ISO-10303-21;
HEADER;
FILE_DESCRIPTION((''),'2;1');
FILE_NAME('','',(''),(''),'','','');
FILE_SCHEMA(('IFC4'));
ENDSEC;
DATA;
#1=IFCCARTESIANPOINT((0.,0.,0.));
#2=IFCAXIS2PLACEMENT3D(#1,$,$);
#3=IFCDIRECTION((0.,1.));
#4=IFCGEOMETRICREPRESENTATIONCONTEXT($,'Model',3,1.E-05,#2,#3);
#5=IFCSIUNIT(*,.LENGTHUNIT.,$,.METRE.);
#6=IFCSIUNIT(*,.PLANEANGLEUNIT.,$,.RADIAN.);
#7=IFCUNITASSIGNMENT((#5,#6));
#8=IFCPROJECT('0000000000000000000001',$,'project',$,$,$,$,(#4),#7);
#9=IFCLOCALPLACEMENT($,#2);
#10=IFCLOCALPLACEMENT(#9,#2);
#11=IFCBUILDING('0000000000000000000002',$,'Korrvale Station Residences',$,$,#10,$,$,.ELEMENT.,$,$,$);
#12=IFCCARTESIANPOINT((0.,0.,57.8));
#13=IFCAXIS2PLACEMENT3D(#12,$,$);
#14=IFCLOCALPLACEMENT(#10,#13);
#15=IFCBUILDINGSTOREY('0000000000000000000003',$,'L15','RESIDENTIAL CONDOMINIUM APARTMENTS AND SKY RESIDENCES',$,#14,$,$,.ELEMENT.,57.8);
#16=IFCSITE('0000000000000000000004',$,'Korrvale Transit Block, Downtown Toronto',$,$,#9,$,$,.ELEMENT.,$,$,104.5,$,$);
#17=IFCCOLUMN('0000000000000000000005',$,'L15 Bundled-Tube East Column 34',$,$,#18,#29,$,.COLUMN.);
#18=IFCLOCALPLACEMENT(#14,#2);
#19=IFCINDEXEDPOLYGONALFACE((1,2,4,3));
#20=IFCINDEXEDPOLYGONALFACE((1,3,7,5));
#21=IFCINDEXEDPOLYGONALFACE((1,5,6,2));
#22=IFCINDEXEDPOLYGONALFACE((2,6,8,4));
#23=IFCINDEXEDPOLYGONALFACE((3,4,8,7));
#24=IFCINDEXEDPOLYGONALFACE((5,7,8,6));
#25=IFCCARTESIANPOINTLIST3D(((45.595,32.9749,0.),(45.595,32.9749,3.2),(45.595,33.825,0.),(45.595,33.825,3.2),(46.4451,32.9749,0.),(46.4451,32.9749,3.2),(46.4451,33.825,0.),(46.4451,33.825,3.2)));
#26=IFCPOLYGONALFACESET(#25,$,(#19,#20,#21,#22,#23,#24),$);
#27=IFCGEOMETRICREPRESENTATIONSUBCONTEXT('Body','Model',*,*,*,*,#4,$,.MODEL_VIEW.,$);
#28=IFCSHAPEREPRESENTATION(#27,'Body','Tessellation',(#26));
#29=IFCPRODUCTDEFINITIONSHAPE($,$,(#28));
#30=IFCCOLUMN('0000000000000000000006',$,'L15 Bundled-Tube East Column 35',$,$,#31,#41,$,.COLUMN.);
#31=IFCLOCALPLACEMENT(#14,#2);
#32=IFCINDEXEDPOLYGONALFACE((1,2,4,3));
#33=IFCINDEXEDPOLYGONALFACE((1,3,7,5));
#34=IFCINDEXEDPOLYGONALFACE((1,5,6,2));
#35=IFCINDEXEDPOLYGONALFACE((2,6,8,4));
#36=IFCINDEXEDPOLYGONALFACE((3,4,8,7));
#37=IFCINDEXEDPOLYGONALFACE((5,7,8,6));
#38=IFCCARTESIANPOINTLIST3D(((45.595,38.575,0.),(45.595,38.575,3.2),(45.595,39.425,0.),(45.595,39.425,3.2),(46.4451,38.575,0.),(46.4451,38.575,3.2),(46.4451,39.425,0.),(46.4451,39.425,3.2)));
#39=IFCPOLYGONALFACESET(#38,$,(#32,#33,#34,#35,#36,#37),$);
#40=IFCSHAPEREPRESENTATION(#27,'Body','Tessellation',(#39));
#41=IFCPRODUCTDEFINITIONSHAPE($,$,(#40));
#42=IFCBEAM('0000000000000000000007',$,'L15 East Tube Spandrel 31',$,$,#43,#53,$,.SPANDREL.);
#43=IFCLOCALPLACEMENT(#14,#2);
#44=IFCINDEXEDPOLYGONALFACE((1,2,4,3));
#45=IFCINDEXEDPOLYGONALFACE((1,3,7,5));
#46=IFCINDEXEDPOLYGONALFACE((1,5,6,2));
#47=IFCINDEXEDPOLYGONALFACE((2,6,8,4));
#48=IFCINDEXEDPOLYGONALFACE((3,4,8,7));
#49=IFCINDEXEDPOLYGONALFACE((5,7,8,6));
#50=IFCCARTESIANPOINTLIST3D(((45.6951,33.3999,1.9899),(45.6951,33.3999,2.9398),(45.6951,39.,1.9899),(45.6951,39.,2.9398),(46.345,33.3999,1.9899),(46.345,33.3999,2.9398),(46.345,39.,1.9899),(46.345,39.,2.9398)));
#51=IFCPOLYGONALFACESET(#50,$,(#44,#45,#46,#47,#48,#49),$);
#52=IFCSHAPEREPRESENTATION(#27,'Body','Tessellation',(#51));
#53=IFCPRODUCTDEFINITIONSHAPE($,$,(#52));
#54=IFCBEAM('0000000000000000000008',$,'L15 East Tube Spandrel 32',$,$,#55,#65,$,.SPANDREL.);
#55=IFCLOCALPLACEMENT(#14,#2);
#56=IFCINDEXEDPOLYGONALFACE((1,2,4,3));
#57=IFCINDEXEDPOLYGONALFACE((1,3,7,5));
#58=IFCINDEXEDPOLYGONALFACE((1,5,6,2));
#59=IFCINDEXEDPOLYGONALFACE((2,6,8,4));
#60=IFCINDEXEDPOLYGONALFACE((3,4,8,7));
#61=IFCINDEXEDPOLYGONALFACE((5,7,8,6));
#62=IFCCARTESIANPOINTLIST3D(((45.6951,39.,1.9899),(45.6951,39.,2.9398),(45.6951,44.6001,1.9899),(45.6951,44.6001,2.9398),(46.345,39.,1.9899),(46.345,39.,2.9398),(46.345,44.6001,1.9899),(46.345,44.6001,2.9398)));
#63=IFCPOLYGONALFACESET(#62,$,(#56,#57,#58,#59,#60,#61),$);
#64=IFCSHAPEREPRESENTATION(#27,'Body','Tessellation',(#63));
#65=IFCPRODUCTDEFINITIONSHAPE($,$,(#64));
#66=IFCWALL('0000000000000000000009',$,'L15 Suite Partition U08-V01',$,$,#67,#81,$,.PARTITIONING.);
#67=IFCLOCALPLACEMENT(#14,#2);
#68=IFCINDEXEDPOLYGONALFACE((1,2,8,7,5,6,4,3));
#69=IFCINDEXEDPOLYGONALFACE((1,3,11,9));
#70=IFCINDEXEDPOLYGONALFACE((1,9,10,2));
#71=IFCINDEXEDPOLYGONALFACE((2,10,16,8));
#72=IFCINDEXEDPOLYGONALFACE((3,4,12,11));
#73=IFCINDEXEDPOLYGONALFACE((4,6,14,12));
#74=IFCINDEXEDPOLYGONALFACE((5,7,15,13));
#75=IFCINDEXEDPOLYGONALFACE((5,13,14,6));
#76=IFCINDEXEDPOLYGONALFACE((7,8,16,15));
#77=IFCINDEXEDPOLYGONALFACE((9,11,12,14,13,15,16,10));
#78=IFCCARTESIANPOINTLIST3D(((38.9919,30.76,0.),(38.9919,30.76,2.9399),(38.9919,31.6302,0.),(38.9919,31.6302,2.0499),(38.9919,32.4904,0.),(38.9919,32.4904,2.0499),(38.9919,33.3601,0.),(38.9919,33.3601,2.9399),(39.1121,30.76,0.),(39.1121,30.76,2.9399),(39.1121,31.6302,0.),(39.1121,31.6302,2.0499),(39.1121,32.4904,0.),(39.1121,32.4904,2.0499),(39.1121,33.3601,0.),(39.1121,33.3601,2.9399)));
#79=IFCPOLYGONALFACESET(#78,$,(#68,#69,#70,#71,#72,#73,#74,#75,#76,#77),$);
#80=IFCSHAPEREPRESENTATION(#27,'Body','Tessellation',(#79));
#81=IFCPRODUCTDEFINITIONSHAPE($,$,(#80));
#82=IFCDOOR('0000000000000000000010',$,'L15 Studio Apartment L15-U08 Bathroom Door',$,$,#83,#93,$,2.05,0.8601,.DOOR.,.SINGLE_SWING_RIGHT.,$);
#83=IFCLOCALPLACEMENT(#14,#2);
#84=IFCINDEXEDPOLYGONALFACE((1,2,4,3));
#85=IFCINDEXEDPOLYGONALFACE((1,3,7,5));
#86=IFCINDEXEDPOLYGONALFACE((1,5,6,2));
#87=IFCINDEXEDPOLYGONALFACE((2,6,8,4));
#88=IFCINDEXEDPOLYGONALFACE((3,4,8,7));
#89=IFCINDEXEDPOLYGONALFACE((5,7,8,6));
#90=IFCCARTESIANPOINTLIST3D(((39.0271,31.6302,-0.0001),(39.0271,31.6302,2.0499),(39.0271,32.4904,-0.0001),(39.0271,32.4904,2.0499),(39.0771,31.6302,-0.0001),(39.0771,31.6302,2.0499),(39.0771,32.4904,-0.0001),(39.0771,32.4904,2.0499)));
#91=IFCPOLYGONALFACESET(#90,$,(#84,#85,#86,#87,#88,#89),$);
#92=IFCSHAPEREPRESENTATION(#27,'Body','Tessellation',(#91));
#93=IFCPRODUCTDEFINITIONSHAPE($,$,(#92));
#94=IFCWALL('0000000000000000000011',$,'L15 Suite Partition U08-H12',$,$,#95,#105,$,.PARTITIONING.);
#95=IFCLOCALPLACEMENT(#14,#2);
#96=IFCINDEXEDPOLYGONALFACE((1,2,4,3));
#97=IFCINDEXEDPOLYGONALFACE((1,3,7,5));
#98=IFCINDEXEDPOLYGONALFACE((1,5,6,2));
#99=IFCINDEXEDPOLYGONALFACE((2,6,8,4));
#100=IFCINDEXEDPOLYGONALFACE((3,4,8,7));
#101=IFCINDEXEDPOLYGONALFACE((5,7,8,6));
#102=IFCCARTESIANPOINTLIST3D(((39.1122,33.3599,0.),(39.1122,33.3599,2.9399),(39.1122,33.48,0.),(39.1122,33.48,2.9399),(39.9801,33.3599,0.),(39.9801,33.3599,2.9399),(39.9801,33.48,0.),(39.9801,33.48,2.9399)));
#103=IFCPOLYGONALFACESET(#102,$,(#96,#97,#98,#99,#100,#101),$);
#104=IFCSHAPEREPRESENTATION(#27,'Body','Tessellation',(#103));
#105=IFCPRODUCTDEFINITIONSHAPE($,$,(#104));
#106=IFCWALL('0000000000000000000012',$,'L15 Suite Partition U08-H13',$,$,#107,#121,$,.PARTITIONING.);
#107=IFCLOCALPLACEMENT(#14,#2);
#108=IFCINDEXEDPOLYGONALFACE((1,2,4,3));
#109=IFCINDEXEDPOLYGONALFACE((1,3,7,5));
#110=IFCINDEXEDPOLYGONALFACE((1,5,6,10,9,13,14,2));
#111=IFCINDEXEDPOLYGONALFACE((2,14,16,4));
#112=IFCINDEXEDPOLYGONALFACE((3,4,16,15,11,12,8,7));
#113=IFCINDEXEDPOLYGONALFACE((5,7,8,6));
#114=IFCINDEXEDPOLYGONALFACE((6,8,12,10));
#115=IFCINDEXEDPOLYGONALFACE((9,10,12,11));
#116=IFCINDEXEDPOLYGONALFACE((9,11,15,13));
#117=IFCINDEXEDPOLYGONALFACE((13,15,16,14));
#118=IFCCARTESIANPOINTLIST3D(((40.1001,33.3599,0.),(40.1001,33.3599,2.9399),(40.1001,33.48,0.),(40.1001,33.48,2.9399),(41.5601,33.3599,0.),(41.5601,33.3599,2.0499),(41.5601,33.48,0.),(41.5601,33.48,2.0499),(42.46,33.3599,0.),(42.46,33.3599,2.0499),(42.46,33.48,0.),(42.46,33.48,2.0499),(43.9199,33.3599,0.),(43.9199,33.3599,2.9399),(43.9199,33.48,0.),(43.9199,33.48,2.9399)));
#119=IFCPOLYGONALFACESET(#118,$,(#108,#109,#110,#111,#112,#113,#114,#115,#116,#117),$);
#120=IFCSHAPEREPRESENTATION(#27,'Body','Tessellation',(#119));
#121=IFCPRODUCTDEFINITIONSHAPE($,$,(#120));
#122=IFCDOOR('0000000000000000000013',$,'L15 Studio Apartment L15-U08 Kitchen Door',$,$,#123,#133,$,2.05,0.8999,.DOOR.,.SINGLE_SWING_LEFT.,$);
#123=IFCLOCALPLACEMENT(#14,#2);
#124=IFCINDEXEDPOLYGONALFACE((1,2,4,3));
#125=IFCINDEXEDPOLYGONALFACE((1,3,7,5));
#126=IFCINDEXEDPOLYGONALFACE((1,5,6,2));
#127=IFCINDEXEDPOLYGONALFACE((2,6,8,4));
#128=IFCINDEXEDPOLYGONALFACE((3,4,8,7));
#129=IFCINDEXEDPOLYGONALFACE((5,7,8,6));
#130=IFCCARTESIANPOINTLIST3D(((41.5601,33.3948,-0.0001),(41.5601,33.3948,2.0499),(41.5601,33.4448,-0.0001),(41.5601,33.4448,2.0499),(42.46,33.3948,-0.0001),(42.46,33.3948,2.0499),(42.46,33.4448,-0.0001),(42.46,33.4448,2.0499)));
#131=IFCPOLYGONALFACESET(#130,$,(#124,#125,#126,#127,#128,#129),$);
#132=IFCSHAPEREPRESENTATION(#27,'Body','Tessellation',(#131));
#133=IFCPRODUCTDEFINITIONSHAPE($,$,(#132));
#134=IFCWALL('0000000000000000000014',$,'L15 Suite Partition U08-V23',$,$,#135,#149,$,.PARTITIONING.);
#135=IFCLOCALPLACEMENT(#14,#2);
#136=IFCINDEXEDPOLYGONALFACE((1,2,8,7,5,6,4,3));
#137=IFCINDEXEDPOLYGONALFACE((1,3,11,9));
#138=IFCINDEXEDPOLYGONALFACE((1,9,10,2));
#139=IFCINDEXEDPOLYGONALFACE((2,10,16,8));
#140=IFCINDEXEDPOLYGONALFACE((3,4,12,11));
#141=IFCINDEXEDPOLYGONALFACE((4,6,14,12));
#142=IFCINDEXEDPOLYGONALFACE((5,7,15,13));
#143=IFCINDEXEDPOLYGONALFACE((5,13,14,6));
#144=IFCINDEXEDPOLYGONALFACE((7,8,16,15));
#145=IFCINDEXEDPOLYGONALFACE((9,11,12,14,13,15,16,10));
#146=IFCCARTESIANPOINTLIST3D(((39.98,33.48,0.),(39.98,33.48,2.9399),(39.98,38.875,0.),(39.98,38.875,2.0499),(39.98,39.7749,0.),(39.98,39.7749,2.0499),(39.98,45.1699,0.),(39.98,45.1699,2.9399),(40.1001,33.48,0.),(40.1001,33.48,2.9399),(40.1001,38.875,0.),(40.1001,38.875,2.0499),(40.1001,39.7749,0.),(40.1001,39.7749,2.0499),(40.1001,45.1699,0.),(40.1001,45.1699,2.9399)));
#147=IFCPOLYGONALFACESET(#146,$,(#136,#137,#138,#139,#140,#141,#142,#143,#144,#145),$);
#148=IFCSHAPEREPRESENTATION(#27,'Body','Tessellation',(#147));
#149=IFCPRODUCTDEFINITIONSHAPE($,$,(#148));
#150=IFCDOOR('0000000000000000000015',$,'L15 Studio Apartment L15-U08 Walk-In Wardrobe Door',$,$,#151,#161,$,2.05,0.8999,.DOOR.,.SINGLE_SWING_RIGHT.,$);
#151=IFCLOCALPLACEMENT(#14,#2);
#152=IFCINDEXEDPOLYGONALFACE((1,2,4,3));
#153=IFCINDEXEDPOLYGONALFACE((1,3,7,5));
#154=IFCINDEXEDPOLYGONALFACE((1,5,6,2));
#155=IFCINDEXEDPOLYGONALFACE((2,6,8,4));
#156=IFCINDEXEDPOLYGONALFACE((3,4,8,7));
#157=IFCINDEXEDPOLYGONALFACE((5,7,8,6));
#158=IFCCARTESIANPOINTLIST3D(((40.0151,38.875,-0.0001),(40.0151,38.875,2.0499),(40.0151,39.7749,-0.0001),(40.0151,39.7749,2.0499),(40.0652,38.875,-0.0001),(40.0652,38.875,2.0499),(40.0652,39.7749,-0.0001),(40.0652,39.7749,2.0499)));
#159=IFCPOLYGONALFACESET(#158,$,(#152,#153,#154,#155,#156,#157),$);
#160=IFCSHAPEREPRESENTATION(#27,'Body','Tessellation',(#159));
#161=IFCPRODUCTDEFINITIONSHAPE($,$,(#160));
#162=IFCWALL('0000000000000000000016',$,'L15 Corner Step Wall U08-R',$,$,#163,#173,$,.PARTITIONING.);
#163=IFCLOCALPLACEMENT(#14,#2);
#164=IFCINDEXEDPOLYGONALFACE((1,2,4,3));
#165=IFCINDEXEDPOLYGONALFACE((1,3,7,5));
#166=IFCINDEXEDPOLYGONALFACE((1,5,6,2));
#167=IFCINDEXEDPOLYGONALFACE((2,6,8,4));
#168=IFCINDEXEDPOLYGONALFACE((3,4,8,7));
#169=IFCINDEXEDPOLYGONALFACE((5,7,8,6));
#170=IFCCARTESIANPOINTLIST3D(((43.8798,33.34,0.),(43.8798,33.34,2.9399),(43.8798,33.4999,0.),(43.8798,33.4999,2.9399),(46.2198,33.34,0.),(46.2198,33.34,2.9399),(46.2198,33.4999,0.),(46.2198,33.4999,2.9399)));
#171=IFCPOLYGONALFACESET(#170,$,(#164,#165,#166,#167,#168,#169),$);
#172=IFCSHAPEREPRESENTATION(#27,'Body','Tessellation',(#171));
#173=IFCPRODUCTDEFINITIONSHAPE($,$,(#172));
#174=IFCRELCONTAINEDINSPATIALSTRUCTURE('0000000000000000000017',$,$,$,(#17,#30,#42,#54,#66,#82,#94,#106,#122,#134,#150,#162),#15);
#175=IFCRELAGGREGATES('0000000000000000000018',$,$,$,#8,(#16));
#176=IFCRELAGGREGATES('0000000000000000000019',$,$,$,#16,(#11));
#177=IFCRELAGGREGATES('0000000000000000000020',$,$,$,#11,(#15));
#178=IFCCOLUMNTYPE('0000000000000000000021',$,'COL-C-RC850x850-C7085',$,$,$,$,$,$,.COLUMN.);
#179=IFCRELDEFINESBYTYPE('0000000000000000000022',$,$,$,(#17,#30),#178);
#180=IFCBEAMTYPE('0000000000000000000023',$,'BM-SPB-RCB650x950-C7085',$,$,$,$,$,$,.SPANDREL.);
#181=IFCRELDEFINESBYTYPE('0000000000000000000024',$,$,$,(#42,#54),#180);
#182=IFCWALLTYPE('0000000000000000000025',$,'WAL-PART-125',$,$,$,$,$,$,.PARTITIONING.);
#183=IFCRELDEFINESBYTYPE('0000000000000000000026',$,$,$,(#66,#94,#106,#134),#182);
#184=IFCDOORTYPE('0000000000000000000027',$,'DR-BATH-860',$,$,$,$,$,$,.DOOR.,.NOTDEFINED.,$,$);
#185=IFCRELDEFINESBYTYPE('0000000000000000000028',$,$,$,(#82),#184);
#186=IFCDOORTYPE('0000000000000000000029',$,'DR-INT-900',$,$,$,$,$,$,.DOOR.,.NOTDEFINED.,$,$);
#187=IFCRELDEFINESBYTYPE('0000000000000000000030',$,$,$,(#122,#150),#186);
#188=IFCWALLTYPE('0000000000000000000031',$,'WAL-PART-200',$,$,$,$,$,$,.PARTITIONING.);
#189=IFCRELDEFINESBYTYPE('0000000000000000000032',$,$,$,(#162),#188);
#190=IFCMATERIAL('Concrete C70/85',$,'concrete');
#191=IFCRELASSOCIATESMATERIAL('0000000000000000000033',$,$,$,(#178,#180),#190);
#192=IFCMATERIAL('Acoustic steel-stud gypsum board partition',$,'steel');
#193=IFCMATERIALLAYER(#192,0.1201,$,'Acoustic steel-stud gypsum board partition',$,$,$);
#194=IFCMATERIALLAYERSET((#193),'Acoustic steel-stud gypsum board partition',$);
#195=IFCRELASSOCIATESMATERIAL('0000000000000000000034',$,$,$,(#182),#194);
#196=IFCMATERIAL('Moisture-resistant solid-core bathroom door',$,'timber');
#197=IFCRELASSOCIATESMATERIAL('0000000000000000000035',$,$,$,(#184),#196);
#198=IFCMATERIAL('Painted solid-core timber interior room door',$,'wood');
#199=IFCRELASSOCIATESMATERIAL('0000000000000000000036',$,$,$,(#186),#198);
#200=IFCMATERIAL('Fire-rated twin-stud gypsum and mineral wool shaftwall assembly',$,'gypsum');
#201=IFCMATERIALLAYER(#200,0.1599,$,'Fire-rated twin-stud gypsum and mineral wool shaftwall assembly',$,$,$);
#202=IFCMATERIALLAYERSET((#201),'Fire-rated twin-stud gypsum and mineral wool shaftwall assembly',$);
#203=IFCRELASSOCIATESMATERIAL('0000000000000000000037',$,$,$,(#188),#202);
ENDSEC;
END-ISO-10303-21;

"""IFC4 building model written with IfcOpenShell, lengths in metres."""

from ifc_helpers import new_model, si_unit, direction, frame, frame_2d, origin, origin_2d, place, context, subcontext, project, spatial, rectangle, extrude, material, layer, layer_set, material_profile, profile_set, type_object, element, fill, save


model = new_model("IFC4")

# Units and contexts
model_context = context("Model", 3, precision=1e-05, world=origin(), true_north=direction((0.0, 1.0)))
body_context = subcontext(model_context, "Body", "Model", "MODEL_VIEW")
ifc_project = project(units=[si_unit("LENGTHUNIT", "METRE"), si_unit("PLANEANGLEUNIT", "RADIAN")], contexts=[model_context])

# Site, building, storey
site_placement = place(None, origin())
site = spatial("IfcSite", under=ifc_project, at=site_placement, Name="Korrvale Transit Block, Downtown Toronto", CompositionType="ELEMENT", RefElevation=104.5)
building_placement = place(site_placement, origin())
building = spatial("IfcBuilding", under=site, at=building_placement, Name="Korrvale Station Residences", CompositionType="ELEMENT")
storey_placement = place(building_placement, frame((0.0, 0.0, 57.8)))
storey = spatial("IfcBuildingStorey", under=building, at=storey_placement, Name="L15", Description="RESIDENTIAL CONDOMINIUM APARTMENTS AND SKY RESIDENCES", CompositionType="ELEMENT", Elevation=57.8)

# Columns
ifc_material_1 = material(Name="Concrete C70/85", Category="concrete")
ifc_material_profile_1 = material_profile(ifc_material_1, rectangle(XDim=0.8501, YDim=0.8501, at=origin_2d()), Name="RC850x850")
ifc_profile_set_1 = profile_set([ifc_material_profile_1], Name="Concrete C70/85")
column_type = type_object("IfcColumnType", Name="COL-C-RC850x850-C7085", PredefinedType="COLUMN", material=ifc_profile_set_1)
for number, where, z_axis, x_axis, name in (
    (1, (46.02, 33.3999, 0.0), (0.0, 0.0, 1.0), (1.0, 0.0, 0.0), "L15 Bundled-Tube East Column 34"),
    (2, (46.02, 39.0, 0.0), (0.0, 0.0, 1.0), (1.0, 0.0, 0.0), "L15 Bundled-Tube East Column 35"),
):
    element("IfcColumn", number, at=place(storey_placement, frame(where, z_axis=z_axis, x_axis=x_axis)), inside=storey, type_object=column_type, Name=name, PredefinedType="COLUMN", context=body_context, shape_type="SweptSolid", body=[
        extrude(rectangle(XDim=0.8501, YDim=0.8501, at=origin_2d()), origin(), (0.0, 0.0, 1.0), 3.2),
    ])

# Beams
ifc_material_profile_2 = material_profile(ifc_material_1, rectangle(XDim=0.6499, YDim=0.95, at=origin_2d()), Name="RCB650x950")
ifc_profile_set_2 = profile_set([ifc_material_profile_2], Name="Concrete C70/85")
beam_type = type_object("IfcBeamType", Name="BM-SPB-RCB650x950-C7085", PredefinedType="SPANDREL", material=ifc_profile_set_2)
for number, where, z_axis, x_axis, name in (
    (3, (46.02, 33.3999, 2.4648), (0.0, 1.0, 0.0), (-1.0, 0.0, 0.0), "L15 East Tube Spandrel 31"),
    (4, (46.02, 39.0, 2.4648), (0.0, 1.0, 0.0), (-1.0, 0.0, 0.0), "L15 East Tube Spandrel 32"),
):
    element("IfcBeam", number, at=place(storey_placement, frame(where, z_axis=z_axis, x_axis=x_axis)), inside=storey, type_object=beam_type, Name=name, PredefinedType="SPANDREL", context=body_context, shape_type="SweptSolid", body=[
        extrude(rectangle(XDim=0.6499, YDim=0.95, at=origin_2d()), origin(), (0.0, 0.0, 1.0), 5.6001),
    ])

# Wall, opening, door
ifc_material_2 = material(Name="Acoustic steel-stud gypsum board partition", Category="steel")
ifc_layer_1 = layer(ifc_material_2, 0.1201, Name="Acoustic steel-stud gypsum board partition")
ifc_layer_set_1 = layer_set([ifc_layer_1], Name="Acoustic steel-stud gypsum board partition")
wall_type_1 = type_object("IfcWallType", Name="WAL-PART-125", PredefinedType="PARTITIONING", material=ifc_layer_set_1)
wall_1_placement = place(storey_placement, frame((39.052, 30.76, 0.0), z_axis=(0.0, 0.0, 1.0), x_axis=(0.0, 1.0, 0.0)))
wall_1 = element("IfcWall", 5, at=wall_1_placement, inside=storey, type_object=wall_type_1, Name="L15 Suite Partition U08-V01", PredefinedType="PARTITIONING", context=body_context, shape_type="SweptSolid", body=[
    extrude(rectangle(XDim=2.6001, YDim=0.1201, at=frame_2d((1.3, 0.0))), origin(), (0.0, 0.0, 1.0), 2.9399),
])
opening_1_placement = place(wall_1_placement, frame((0.8701, 0.0, 0.0)))
opening_1 = element("IfcOpeningElement", 6, at=opening_1_placement, cuts=wall_1, PredefinedType="OPENING", context=body_context, shape_type="SweptSolid", body=[
    extrude(rectangle(XDim=0.8601, YDim=2.05, at=frame_2d((0.4302, 1.0249))), frame((0.0, 0.0701, 0.0), z_axis=(0.0, -1.0, 0.0), x_axis=(1.0, 0.0, 0.0)), (0.0, 0.0, 1.0), 0.1401),
])
ifc_material_3 = material(Name="Moisture-resistant solid-core bathroom door", Category="timber")
door_type_1 = type_object("IfcDoorType", Name="DR-BATH-860", OperationType="NOTDEFINED", PredefinedType="DOOR", material=ifc_material_3)
door_1_placement = place(opening_1_placement, origin())
door_1 = element("IfcDoor", 7, at=door_1_placement, inside=storey, type_object=door_type_1, Name="L15 Studio Apartment L15-U08 Bathroom Door", OperationType="SINGLE_SWING_RIGHT", OverallHeight=2.05, OverallWidth=0.8601, PredefinedType="DOOR", context=body_context, shape_type="SweptSolid", body=[
    extrude(rectangle(XDim=0.8601, YDim=2.05, at=frame_2d((0.4302, 1.0249))), frame((0.0, 0.0249, 0.0), z_axis=(0.0, -1.0, 0.0), x_axis=(1.0, 0.0, 0.0)), (0.0, 0.0, 1.0), 0.05),
])
fill(opening_1, door_1)

# Wall
wall_2_placement = place(storey_placement, frame((39.1121, 33.4199, 0.0), z_axis=(0.0, 0.0, 1.0), x_axis=(1.0, 0.0, 0.0)))
element("IfcWall", 8, at=wall_2_placement, inside=storey, type_object=wall_type_1, Name="L15 Suite Partition U08-H12", PredefinedType="PARTITIONING", context=body_context, shape_type="SweptSolid", body=[
    extrude(rectangle(XDim=0.8679, YDim=0.1201, at=frame_2d((0.4341, 0.0))), origin(), (0.0, 0.0, 1.0), 2.9399),
])

# Walls, openings, doors
wall_3_placement = place(storey_placement, frame((40.1001, 33.4199, 0.0), z_axis=(0.0, 0.0, 1.0), x_axis=(1.0, 0.0, 0.0)))
wall_3 = element("IfcWall", 9, at=wall_3_placement, inside=storey, type_object=wall_type_1, Name="L15 Suite Partition U08-H13", PredefinedType="PARTITIONING", context=body_context, shape_type="SweptSolid", body=[
    extrude(rectangle(XDim=3.8198, YDim=0.1201, at=frame_2d((1.9099, 0.0))), origin(), (0.0, 0.0, 1.0), 2.9399),
])
opening_2_placement = place(wall_3_placement, frame((1.46, 0.0, 0.0)))
opening_2 = element("IfcOpeningElement", 10, at=opening_2_placement, cuts=wall_3, PredefinedType="OPENING", context=body_context, shape_type="SweptSolid", body=[
    extrude(rectangle(XDim=0.8999, YDim=2.05, at=frame_2d((0.45, 1.0249))), frame((0.0, 0.0701, 0.0), z_axis=(0.0, -1.0, 0.0), x_axis=(1.0, 0.0, 0.0)), (0.0, 0.0, 1.0), 0.1401),
])
ifc_material_4 = material(Name="Painted solid-core timber interior room door", Category="wood")
door_type_2 = type_object("IfcDoorType", Name="DR-INT-900", OperationType="NOTDEFINED", PredefinedType="DOOR", material=ifc_material_4)
door_2_placement = place(opening_2_placement, origin())
door_2 = element("IfcDoor", 11, at=door_2_placement, inside=storey, type_object=door_type_2, Name="L15 Studio Apartment L15-U08 Kitchen Door", OperationType="SINGLE_SWING_LEFT", OverallHeight=2.05, OverallWidth=0.8999, PredefinedType="DOOR", context=body_context, shape_type="SweptSolid", body=[
    extrude(rectangle(XDim=0.8999, YDim=2.05, at=frame_2d((0.45, 1.0249))), frame((0.0, 0.0249, 0.0), z_axis=(0.0, -1.0, 0.0), x_axis=(1.0, 0.0, 0.0)), (0.0, 0.0, 1.0), 0.05),
])
fill(opening_2, door_2)
wall_4_placement = place(storey_placement, frame((40.04, 33.48, 0.0), z_axis=(0.0, 0.0, 1.0), x_axis=(0.0, 1.0, 0.0)))
wall_4 = element("IfcWall", 12, at=wall_4_placement, inside=storey, type_object=wall_type_1, Name="L15 Suite Partition U08-V23", PredefinedType="PARTITIONING", context=body_context, shape_type="SweptSolid", body=[
    extrude(rectangle(XDim=11.6899, YDim=0.1201, at=frame_2d((5.845, 0.0))), origin(), (0.0, 0.0, 1.0), 2.9399),
])
opening_3_placement = place(wall_4_placement, frame((5.395, 0.0, 0.0)))
opening_3 = element("IfcOpeningElement", 13, at=opening_3_placement, cuts=wall_4, PredefinedType="OPENING", context=body_context, shape_type="SweptSolid", body=[
    extrude(rectangle(XDim=0.8999, YDim=2.05, at=frame_2d((0.45, 1.0249))), frame((0.0, 0.0701, 0.0), z_axis=(0.0, -1.0, 0.0), x_axis=(1.0, 0.0, 0.0)), (0.0, 0.0, 1.0), 0.1401),
])
door_3_placement = place(opening_3_placement, origin())
door_3 = element("IfcDoor", 14, at=door_3_placement, inside=storey, type_object=door_type_2, Name="L15 Studio Apartment L15-U08 Walk-In Wardrobe Door", OperationType="SINGLE_SWING_RIGHT", OverallHeight=2.05, OverallWidth=0.8999, PredefinedType="DOOR", context=body_context, shape_type="SweptSolid", body=[
    extrude(rectangle(XDim=0.8999, YDim=2.05, at=frame_2d((0.45, 1.0249))), frame((0.0, 0.0249, 0.0), z_axis=(0.0, -1.0, 0.0), x_axis=(1.0, 0.0, 0.0)), (0.0, 0.0, 1.0), 0.05),
])
fill(opening_3, door_3)

# Wall
ifc_material_5 = material(Name="Fire-rated twin-stud gypsum and mineral wool shaftwall assembly", Category="gypsum")
ifc_layer_2 = layer(ifc_material_5, 0.1599, Name="Fire-rated twin-stud gypsum and mineral wool shaftwall assembly")
ifc_layer_set_2 = layer_set([ifc_layer_2], Name="Fire-rated twin-stud gypsum and mineral wool shaftwall assembly")
wall_type_2 = type_object("IfcWallType", Name="WAL-PART-200", PredefinedType="PARTITIONING", material=ifc_layer_set_2)
wall_5_placement = place(storey_placement, frame((43.8799, 33.4199, 0.0), z_axis=(0.0, 0.0, 1.0), x_axis=(1.0, 0.0, 0.0)))
element("IfcWall", 15, at=wall_5_placement, inside=storey, type_object=wall_type_2, Name="L15 Corner Step Wall U08-R", PredefinedType="PARTITIONING", context=body_context, shape_type="SweptSolid", body=[
    extrude(rectangle(XDim=2.3401, YDim=0.1599, at=frame_2d((1.1699, 0.0))), origin(), (0.0, 0.0, 1.0), 2.9399),
])

save(model, "model.ifc")
